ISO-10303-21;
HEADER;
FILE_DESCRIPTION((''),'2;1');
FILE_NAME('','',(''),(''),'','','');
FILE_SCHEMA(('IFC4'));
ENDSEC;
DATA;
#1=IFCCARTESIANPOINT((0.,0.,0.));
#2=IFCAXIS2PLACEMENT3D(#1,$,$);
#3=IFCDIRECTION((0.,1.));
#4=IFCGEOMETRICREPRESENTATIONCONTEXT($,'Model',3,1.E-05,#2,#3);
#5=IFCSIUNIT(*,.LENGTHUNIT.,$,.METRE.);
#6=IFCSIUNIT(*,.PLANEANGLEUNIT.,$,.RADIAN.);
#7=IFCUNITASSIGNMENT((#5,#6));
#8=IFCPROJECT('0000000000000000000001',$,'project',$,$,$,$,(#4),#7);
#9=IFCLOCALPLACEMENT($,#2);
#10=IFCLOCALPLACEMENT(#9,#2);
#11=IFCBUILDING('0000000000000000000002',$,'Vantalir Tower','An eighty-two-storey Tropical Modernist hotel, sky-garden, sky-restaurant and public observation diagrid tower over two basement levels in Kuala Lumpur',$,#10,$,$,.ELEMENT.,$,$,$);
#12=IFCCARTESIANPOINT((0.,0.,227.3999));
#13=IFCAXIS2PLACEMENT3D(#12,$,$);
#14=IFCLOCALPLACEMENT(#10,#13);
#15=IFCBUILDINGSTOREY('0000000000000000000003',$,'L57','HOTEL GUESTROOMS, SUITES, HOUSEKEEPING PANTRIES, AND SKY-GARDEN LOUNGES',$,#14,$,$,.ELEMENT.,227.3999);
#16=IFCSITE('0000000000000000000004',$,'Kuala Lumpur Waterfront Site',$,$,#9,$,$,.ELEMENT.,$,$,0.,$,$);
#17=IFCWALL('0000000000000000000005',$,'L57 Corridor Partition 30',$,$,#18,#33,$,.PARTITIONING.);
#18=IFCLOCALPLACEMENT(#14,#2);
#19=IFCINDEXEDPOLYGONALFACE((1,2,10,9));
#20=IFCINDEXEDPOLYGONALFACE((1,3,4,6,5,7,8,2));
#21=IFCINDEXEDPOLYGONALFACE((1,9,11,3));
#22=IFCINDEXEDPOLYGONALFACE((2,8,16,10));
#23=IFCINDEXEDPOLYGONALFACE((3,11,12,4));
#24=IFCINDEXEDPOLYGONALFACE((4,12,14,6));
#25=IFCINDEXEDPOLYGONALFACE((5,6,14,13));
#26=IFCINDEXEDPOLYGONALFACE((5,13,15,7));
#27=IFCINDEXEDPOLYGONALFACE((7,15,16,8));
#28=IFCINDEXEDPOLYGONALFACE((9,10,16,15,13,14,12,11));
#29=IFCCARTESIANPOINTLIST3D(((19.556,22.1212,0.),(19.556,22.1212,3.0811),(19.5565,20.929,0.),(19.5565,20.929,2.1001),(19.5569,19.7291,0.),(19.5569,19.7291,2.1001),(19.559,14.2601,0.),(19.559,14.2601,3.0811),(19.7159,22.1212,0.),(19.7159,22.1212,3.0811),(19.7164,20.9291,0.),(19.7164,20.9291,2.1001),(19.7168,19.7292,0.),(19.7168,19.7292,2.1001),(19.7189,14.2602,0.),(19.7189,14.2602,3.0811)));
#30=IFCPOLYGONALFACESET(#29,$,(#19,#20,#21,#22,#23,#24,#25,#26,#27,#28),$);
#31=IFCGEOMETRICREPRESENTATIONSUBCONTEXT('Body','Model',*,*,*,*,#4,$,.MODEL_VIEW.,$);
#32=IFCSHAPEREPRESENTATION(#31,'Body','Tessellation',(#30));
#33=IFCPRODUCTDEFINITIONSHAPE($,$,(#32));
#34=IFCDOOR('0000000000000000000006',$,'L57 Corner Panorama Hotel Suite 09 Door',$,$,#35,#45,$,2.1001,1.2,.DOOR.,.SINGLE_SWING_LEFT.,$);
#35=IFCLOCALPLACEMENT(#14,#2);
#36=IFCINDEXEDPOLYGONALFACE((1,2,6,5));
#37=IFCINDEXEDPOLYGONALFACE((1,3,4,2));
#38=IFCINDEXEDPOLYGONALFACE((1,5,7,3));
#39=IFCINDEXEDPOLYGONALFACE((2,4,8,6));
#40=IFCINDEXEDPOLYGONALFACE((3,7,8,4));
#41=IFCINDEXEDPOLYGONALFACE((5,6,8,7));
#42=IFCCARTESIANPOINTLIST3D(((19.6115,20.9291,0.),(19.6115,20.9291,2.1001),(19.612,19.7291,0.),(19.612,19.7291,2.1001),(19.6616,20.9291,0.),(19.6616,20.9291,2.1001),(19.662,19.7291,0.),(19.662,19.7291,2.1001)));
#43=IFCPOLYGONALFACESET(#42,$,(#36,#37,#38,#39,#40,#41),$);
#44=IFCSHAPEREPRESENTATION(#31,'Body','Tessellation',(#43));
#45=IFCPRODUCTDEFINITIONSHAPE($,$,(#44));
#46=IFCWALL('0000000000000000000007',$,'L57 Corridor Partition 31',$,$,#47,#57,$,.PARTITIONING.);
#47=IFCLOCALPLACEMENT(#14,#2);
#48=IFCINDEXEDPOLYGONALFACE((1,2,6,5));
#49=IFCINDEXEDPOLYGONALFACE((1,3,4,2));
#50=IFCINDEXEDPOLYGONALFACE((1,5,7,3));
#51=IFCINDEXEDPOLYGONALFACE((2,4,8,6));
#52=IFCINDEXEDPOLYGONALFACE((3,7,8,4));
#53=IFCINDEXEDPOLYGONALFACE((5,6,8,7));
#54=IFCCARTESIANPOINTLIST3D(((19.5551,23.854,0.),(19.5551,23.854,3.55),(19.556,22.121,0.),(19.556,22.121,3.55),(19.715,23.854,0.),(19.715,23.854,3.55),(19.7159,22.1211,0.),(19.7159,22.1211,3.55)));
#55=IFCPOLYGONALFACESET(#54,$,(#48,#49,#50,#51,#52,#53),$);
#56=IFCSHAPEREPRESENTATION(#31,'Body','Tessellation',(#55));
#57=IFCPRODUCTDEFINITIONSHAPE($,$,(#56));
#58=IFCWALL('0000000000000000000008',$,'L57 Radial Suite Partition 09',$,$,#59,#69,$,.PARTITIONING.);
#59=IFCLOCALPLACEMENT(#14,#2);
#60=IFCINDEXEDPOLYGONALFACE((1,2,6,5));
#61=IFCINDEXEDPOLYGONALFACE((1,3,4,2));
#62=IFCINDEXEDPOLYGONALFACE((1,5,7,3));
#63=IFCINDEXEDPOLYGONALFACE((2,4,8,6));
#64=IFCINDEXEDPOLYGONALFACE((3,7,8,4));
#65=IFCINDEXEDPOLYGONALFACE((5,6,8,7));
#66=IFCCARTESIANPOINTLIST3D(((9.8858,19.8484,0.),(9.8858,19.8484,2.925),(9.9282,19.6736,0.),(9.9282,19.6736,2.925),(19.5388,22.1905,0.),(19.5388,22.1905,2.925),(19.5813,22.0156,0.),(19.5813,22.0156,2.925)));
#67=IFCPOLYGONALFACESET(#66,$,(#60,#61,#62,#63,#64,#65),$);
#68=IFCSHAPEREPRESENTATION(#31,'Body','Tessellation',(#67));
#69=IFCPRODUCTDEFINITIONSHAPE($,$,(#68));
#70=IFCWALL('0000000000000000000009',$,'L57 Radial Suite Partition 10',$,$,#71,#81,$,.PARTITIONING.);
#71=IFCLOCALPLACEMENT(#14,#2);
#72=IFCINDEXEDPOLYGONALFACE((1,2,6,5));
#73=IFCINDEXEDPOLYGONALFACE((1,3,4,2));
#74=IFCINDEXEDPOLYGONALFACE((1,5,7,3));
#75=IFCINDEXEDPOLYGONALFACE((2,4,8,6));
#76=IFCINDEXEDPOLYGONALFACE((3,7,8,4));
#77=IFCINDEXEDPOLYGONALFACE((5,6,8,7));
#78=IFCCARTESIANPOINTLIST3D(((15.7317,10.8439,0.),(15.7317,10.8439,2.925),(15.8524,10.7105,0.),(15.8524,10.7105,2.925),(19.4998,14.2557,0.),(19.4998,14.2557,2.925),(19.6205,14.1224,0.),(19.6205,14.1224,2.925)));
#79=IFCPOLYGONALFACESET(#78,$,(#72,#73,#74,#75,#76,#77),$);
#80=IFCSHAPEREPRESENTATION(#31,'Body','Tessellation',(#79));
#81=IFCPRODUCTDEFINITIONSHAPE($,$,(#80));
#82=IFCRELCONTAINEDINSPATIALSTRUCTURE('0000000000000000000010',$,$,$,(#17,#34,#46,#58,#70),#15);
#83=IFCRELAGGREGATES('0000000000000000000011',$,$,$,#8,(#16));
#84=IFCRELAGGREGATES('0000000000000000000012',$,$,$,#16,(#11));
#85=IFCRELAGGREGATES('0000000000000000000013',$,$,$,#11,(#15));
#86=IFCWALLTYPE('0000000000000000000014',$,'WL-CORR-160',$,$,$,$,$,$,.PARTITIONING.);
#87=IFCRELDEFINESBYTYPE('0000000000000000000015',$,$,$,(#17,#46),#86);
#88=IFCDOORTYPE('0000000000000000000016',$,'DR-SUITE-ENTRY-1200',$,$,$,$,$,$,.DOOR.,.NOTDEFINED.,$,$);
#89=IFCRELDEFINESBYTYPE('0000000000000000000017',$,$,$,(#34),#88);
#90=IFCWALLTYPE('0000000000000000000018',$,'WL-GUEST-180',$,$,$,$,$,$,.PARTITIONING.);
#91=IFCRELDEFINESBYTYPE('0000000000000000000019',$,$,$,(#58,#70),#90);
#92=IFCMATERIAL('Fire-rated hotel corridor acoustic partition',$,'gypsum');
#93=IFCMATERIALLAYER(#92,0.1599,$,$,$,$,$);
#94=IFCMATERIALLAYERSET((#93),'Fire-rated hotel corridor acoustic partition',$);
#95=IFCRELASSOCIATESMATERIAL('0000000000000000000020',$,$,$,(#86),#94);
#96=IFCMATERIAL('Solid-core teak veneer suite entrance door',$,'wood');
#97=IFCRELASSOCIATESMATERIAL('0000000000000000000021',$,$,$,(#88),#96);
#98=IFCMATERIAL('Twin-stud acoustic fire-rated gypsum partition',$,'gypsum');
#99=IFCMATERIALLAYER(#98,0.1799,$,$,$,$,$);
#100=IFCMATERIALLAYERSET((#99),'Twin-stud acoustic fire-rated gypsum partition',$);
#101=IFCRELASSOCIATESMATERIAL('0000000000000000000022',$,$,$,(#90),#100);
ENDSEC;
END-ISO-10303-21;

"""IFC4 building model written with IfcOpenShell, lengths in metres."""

from ifc_helpers import new_model, si_unit, direction, frame, frame_2d, origin, place, context, subcontext, project, spatial, rectangle, extrude, material, layer, layer_set, type_object, element, fill, save


model = new_model("IFC4")

# Units and contexts
model_context = context("Model", 3, precision=1e-05, world=origin(), true_north=direction((0.0, 1.0)))
body_context = subcontext(model_context, "Body", "Model", "MODEL_VIEW")
ifc_project = project(units=[si_unit("LENGTHUNIT", "METRE"), si_unit("PLANEANGLEUNIT", "RADIAN")], contexts=[model_context])

# Site, building, storey
site_placement = place(None, origin())
site = spatial("IfcSite", under=ifc_project, at=site_placement, Name="Kuala Lumpur Waterfront Site", CompositionType="ELEMENT", RefElevation=0.0)
building_placement = place(site_placement, origin())
building = spatial("IfcBuilding", under=site, at=building_placement, Name="Vantalir Tower", Description="An eighty-two-storey Tropical Modernist hotel, sky-garden, sky-restaurant and public observation diagrid tower over two basement levels in Kuala Lumpur", CompositionType="ELEMENT")
storey_placement = place(building_placement, frame((0.0, 0.0, 227.3999)))
storey = spatial("IfcBuildingStorey", under=building, at=storey_placement, Name="L57", Description="HOTEL GUESTROOMS, SUITES, HOUSEKEEPING PANTRIES, AND SKY-GARDEN LOUNGES", CompositionType="ELEMENT", Elevation=227.3999)

# Shared definitions
ifc_material_1 = material(Name="Fire-rated hotel corridor acoustic partition", Category="gypsum")
ifc_layer_1 = layer(ifc_material_1, 0.1599)
ifc_layer_set_1 = layer_set([ifc_layer_1], Name="Fire-rated hotel corridor acoustic partition")
wall_type_1 = type_object("IfcWallType", Name="WL-CORR-160", PredefinedType="PARTITIONING", material=ifc_layer_set_1)

# Wall, opening, door
wall_1_placement = place(storey_placement, frame((19.6389, 14.26, 0.0), z_axis=(0.0, 0.0, 1.0), x_axis=(-0.000373, 1.0, 0.0)))
wall_1 = element("IfcWall", 1, at=wall_1_placement, inside=storey, type_object=wall_type_1, Name="L57 Corridor Partition 30", PredefinedType="PARTITIONING", context=body_context, shape_type="SweptSolid", body=[
    extrude(rectangle(XDim=7.8611, YDim=0.1599, at=frame_2d((3.9307, 0.0))), origin(), (0.0, 0.0, 1.0), 3.0811),
])
opening_1_placement = place(wall_1_placement, frame((5.469, 0.0, 0.0)))
opening_1 = element("IfcOpeningElement", 2, at=opening_1_placement, cuts=wall_1, PredefinedType="OPENING", context=body_context, shape_type="SweptSolid", body=[
    extrude(rectangle(XDim=1.2, YDim=2.1001, at=frame_2d((0.6001, 1.05))), frame((0.0, 0.0898, 0.0), z_axis=(0.0, -1.0, 0.0), x_axis=(1.0, 0.0, 0.0)), (0.0, 0.0, 1.0), 0.1799),
])
ifc_material_2 = material(Name="Solid-core teak veneer suite entrance door", Category="wood")
door_type_1 = type_object("IfcDoorType", Name="DR-SUITE-ENTRY-1200", OperationType="NOTDEFINED", PredefinedType="DOOR", material=ifc_material_2)
door_1_placement = place(opening_1_placement, origin())
door_1 = element("IfcDoor", 3, at=door_1_placement, inside=storey, type_object=door_type_1, Name="L57 Corner Panorama Hotel Suite 09 Door", OperationType="SINGLE_SWING_LEFT", OverallHeight=2.1001, OverallWidth=1.2, PredefinedType="DOOR", context=body_context, shape_type="SweptSolid", body=[
    extrude(rectangle(XDim=1.2, YDim=2.1001, at=frame_2d((0.6001, 1.05))), frame((0.0, 0.0249, 0.0), z_axis=(0.0, -1.0, 0.0), x_axis=(1.0, 0.0, 0.0)), (0.0, 0.0, 1.0), 0.05),
])
fill(opening_1, door_1)

# Walls
wall_2_placement = place(storey_placement, frame((19.636, 22.1211, 0.0), z_axis=(0.0, 0.0, 1.0), x_axis=(-0.000564, 1.0, 0.0)))
element("IfcWall", 4, at=wall_2_placement, inside=storey, type_object=wall_type_1, Name="L57 Corridor Partition 31", PredefinedType="PARTITIONING", context=body_context, shape_type="SweptSolid", body=[
    extrude(rectangle(XDim=1.7329, YDim=0.1599, at=frame_2d((0.8665, 0.0))), origin(), (0.0, 0.0, 1.0), 3.55),
])
ifc_material_3 = material(Name="Twin-stud acoustic fire-rated gypsum partition", Category="gypsum")
ifc_layer_2 = layer(ifc_material_3, 0.1799)
ifc_layer_set_2 = layer_set([ifc_layer_2], Name="Twin-stud acoustic fire-rated gypsum partition")
wall_type_2 = type_object("IfcWallType", Name="WL-GUEST-180", PredefinedType="PARTITIONING", material=ifc_layer_set_2)
wall_3_placement = place(storey_placement, frame((19.5601, 22.103, 0.0), z_axis=(0.0, 0.0, 1.0), x_axis=(-0.971806, -0.235781, 0.0)))
element("IfcWall", 5, at=wall_3_placement, inside=storey, type_object=wall_type_2, Name="L57 Radial Suite Partition 09", PredefinedType="PARTITIONING", context=body_context, shape_type="SweptSolid", body=[
    extrude(rectangle(XDim=9.9331, YDim=0.1799, at=frame_2d((4.9666, 0.0))), origin(), (0.0, 0.0, 1.0), 2.925),
])
wall_4_placement = place(storey_placement, frame((19.5601, 14.189, 0.0), z_axis=(0.0, 0.0, 1.0), x_axis=(-0.741275, -0.671201, 0.0)))
element("IfcWall", 6, at=wall_4_placement, inside=storey, type_object=wall_type_2, Name="L57 Radial Suite Partition 10", PredefinedType="PARTITIONING", context=body_context, shape_type="SweptSolid", body=[
    extrude(rectangle(XDim=5.0833, YDim=0.1799, at=frame_2d((2.5415, 0.0))), origin(), (0.0, 0.0, 1.0), 2.925),
])

save(model, "model.ifc")
